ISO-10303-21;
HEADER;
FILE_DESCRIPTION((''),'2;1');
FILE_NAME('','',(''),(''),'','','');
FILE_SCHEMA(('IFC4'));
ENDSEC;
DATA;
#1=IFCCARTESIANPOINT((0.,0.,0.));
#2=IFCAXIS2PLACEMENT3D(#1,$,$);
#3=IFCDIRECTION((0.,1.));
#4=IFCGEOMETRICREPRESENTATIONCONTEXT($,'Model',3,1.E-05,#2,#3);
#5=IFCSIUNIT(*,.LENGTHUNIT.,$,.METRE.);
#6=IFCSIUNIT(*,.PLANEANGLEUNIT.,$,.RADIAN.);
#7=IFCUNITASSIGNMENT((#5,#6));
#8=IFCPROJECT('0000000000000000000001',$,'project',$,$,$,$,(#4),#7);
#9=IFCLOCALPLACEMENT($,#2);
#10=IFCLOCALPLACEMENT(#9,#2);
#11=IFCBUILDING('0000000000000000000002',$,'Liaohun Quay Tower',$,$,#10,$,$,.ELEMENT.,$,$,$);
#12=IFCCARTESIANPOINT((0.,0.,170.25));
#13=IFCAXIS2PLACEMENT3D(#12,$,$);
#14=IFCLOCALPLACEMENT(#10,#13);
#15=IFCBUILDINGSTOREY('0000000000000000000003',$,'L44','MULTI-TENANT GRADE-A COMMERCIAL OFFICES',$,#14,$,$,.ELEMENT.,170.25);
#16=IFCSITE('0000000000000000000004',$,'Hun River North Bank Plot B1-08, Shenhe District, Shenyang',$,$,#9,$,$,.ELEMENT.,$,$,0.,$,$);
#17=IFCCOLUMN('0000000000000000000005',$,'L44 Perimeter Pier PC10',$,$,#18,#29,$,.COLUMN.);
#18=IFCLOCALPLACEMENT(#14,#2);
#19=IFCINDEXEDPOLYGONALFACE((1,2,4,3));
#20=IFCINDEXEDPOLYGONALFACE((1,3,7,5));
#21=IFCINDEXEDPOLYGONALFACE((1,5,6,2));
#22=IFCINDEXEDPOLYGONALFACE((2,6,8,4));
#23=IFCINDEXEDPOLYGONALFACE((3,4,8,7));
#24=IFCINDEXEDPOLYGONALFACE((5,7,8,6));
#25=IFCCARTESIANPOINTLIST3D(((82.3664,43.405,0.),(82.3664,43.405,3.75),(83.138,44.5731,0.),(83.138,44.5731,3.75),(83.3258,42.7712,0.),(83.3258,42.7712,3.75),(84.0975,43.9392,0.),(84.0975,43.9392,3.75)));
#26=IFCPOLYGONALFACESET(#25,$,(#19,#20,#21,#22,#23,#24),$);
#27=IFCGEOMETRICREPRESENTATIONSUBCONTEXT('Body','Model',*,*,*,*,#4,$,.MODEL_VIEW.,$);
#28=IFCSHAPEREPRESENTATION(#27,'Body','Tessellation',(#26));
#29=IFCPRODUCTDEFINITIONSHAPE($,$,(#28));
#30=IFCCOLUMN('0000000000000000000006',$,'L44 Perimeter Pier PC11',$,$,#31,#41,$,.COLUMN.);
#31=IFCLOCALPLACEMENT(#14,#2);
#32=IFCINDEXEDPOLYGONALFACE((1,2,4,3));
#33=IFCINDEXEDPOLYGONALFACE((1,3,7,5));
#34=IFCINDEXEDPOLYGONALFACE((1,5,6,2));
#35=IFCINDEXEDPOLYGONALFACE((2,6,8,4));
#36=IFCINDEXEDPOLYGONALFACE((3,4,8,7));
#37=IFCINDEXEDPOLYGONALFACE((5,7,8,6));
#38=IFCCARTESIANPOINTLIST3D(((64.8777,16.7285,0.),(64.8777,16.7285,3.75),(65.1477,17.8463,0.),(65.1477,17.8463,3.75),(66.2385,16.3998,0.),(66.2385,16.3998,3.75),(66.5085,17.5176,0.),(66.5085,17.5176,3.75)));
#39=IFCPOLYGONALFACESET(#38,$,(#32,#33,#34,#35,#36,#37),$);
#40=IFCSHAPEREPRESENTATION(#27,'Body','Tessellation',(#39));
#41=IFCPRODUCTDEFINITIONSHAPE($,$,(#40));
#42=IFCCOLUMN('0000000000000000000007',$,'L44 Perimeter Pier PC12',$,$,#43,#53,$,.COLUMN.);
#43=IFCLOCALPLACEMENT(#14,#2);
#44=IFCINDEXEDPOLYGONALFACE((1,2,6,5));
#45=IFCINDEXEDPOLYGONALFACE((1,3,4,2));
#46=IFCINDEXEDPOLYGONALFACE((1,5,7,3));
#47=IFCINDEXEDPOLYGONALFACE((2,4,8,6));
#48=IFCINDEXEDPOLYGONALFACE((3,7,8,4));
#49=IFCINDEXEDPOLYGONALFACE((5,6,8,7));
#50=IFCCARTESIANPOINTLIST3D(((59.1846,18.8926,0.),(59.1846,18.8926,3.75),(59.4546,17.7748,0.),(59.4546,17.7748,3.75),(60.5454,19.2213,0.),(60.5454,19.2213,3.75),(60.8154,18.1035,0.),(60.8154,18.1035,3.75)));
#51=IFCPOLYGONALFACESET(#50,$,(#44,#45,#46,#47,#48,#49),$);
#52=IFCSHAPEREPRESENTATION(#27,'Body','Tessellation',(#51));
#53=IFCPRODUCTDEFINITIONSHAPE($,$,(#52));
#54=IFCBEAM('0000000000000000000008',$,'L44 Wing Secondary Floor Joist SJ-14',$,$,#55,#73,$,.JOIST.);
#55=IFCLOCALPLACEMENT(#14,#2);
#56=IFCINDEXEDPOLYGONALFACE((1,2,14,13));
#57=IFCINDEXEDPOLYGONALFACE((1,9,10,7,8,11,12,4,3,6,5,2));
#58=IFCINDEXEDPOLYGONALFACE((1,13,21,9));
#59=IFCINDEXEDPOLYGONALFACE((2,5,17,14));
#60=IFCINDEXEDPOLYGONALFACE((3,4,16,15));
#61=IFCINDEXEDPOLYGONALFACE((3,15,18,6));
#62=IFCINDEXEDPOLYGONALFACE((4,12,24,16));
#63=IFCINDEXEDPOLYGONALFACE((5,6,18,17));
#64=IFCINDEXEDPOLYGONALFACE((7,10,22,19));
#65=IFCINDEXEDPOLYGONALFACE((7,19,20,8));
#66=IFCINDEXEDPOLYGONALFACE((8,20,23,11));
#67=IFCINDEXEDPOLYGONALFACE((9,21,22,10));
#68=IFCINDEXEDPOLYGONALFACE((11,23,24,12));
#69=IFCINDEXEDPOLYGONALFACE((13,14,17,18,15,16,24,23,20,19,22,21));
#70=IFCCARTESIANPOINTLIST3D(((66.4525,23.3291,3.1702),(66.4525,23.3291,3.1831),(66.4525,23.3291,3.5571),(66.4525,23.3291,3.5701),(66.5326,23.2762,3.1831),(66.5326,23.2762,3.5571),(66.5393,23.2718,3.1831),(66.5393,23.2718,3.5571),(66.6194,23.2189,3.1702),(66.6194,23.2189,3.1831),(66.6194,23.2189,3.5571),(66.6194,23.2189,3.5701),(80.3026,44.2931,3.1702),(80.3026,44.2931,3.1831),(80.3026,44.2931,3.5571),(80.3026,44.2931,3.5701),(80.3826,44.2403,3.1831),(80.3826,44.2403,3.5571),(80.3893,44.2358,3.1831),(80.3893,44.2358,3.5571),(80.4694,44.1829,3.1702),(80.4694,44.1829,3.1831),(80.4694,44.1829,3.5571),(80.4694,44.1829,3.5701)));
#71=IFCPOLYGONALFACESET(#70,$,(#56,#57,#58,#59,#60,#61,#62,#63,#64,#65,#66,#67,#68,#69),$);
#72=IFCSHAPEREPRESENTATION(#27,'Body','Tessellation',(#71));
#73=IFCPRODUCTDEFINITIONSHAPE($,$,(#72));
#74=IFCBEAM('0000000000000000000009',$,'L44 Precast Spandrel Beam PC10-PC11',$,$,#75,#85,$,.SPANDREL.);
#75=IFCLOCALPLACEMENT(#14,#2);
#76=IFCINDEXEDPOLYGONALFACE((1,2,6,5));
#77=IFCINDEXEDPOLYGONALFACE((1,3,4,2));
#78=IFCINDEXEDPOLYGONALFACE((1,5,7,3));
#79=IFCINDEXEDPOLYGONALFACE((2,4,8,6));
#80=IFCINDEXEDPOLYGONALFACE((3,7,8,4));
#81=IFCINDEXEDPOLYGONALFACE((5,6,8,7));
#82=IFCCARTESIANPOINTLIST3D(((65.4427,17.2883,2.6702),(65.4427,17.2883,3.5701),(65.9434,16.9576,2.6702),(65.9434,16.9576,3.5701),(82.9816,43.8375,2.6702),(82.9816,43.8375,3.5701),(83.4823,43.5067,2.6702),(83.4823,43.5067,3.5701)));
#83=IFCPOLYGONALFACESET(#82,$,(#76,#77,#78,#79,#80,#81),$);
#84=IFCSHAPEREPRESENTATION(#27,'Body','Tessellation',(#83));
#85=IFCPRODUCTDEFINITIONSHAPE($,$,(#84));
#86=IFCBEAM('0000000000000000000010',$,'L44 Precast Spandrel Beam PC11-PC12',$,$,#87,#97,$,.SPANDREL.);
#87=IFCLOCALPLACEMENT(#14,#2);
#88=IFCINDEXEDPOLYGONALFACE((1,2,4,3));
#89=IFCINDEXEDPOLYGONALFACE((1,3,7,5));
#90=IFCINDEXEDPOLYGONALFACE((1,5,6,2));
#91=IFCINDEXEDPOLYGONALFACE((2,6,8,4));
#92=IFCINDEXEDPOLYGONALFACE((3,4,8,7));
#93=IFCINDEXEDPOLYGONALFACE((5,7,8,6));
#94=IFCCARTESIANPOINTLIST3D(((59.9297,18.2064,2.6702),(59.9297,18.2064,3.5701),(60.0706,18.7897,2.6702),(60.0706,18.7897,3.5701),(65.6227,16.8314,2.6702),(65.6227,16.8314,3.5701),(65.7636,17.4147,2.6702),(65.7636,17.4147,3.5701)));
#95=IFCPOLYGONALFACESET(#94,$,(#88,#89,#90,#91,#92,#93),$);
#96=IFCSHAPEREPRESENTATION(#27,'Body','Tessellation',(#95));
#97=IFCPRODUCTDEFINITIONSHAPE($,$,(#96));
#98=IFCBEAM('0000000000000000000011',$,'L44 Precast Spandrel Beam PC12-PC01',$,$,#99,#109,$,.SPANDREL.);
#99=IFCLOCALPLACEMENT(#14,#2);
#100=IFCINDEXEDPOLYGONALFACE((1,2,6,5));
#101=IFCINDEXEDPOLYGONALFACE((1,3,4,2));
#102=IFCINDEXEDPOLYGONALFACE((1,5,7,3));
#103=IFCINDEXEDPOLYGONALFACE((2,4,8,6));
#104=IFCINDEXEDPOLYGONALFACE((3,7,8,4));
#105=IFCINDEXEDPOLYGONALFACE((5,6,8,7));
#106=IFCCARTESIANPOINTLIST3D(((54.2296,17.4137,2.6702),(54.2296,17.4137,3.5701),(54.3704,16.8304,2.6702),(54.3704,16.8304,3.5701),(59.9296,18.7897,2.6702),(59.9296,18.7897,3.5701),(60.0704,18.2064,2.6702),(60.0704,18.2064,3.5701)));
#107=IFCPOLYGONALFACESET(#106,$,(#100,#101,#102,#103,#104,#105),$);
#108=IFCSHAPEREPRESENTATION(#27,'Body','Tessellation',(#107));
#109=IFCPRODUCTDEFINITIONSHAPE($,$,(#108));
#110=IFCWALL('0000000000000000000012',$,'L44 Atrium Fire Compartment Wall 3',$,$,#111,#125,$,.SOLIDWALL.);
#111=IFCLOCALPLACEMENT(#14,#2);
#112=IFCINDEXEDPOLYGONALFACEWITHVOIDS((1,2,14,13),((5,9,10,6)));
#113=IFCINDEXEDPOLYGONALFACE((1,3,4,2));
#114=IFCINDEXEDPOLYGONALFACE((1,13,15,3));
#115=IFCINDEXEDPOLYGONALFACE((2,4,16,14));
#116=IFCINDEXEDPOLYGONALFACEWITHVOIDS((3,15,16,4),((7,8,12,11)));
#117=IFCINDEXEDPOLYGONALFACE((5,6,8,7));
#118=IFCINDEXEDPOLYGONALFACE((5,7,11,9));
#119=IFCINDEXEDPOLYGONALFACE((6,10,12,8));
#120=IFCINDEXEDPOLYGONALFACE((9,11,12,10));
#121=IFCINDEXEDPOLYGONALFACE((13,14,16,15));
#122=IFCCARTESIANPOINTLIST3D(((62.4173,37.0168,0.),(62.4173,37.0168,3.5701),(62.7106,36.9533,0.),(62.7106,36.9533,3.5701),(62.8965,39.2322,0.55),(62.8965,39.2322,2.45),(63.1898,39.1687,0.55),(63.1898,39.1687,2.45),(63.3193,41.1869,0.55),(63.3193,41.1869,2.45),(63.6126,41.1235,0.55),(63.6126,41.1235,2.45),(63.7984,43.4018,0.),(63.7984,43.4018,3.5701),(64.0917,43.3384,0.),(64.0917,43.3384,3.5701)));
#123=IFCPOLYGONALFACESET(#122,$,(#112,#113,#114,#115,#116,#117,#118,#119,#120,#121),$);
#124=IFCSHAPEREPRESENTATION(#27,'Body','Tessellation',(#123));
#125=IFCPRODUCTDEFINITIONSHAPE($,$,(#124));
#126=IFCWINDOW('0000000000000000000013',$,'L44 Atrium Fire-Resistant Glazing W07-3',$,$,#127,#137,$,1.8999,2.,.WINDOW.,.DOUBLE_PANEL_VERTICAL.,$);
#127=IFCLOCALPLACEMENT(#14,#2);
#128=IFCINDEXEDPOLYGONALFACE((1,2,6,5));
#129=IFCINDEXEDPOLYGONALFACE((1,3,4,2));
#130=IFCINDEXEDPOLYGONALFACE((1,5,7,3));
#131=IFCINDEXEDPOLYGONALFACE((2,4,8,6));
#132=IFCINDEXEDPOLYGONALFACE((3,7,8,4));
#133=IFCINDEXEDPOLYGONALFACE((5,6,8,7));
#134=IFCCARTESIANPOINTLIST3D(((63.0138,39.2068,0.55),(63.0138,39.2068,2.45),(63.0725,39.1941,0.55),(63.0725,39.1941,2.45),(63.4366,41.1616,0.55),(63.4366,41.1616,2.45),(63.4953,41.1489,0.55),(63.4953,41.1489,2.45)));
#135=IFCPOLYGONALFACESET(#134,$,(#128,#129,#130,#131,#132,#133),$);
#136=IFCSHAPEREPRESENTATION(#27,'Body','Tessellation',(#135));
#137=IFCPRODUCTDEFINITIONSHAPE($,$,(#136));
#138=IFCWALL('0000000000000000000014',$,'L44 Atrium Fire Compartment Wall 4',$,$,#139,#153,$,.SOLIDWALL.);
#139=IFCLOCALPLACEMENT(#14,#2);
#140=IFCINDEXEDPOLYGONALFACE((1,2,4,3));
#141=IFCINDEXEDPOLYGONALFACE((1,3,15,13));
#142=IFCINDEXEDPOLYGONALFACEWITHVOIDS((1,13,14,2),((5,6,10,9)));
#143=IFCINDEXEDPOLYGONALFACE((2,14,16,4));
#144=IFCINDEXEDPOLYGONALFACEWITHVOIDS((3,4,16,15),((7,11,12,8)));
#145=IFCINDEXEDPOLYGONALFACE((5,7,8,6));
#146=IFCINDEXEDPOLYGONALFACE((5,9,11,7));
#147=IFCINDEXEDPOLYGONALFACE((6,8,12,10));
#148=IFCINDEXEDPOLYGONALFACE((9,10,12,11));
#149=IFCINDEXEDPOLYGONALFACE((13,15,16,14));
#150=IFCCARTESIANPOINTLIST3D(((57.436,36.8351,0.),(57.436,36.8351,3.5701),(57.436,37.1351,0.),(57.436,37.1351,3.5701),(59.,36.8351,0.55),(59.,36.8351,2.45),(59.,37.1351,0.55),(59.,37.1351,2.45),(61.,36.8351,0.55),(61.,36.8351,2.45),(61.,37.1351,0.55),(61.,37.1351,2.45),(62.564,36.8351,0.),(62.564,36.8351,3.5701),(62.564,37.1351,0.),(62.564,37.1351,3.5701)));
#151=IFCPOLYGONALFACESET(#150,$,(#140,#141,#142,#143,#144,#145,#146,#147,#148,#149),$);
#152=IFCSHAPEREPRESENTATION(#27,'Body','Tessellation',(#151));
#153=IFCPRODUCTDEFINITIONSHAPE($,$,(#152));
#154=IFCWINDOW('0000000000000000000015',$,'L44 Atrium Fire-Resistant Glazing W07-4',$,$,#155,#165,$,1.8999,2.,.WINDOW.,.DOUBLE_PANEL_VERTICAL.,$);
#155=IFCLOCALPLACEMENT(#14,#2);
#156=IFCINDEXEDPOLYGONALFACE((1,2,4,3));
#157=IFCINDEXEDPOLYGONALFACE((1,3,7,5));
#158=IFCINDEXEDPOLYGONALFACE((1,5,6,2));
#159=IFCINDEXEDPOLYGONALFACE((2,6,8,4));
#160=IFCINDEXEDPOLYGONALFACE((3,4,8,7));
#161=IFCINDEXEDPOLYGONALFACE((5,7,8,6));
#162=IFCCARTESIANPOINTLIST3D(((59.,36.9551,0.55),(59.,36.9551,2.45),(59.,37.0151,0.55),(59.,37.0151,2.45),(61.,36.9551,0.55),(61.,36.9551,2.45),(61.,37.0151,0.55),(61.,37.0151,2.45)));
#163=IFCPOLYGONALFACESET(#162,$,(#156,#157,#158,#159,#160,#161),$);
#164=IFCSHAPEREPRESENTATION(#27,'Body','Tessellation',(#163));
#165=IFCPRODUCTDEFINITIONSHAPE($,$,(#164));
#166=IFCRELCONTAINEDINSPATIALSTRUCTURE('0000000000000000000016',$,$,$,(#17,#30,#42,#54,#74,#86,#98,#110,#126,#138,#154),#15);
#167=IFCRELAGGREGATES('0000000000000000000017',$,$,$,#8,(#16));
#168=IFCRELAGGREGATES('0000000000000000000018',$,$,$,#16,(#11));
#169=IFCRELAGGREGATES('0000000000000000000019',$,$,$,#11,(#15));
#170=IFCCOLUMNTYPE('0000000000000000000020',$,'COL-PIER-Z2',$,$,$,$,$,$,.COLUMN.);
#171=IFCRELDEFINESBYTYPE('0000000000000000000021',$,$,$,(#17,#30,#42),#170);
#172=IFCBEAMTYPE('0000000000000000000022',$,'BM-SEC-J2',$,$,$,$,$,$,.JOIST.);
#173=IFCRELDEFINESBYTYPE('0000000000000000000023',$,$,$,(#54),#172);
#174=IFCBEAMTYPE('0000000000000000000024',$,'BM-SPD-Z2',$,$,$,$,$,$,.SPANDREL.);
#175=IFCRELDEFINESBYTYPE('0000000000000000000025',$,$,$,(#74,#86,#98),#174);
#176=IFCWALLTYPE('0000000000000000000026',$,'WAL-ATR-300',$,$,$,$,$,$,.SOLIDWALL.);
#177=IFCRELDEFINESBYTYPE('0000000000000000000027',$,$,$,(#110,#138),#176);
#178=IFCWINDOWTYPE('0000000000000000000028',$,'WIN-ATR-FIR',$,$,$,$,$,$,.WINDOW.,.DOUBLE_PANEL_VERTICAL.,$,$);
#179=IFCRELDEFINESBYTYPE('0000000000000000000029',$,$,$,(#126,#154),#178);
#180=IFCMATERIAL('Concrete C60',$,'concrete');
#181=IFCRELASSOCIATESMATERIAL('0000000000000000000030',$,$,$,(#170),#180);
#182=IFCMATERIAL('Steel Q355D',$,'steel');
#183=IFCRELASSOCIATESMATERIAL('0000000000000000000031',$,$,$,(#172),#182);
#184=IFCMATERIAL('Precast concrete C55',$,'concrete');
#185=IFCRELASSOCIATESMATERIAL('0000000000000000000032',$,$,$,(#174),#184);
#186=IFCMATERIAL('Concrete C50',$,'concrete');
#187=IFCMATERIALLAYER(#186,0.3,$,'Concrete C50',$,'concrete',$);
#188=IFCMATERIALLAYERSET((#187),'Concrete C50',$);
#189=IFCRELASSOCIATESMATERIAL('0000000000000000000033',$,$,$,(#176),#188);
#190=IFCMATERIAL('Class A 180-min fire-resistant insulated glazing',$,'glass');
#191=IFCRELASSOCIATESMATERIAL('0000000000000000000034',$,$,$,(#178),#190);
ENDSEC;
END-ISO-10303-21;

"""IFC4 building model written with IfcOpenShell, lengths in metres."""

from ifc_helpers import new_model, si_unit, direction, frame, frame_2d, origin, origin_2d, place, context, subcontext, project, spatial, rectangle, i_section, extrude, source, transform, mapped, material, layer, layer_set, material_profile, profile_set, type_object, element, fill, save


model = new_model("IFC4")

# Units and contexts
model_context = context("Model", 3, precision=1e-05, world=origin(), true_north=direction((0.0, 1.0)))
body_context = subcontext(model_context, "Body", "Model", "MODEL_VIEW")
ifc_project = project(units=[si_unit("LENGTHUNIT", "METRE"), si_unit("PLANEANGLEUNIT", "RADIAN")], contexts=[model_context])

# Site, building, storey
site_placement = place(None, origin())
site = spatial("IfcSite", under=ifc_project, at=site_placement, Name="Hun River North Bank Plot B1-08, Shenhe District, Shenyang", CompositionType="ELEMENT", RefElevation=0.0)
building_placement = place(site_placement, origin())
building = spatial("IfcBuilding", under=site, at=building_placement, Name="Liaohun Quay Tower", CompositionType="ELEMENT")
storey_placement = place(building_placement, frame((0.0, 0.0, 170.25)))
storey = spatial("IfcBuildingStorey", under=building, at=storey_placement, Name="L44", Description="MULTI-TENANT GRADE-A COMMERCIAL OFFICES", CompositionType="ELEMENT", Elevation=170.25)

# Columns
ifc_material_1 = material(Name="Concrete C60", Category="concrete")
ifc_material_profile_1 = material_profile(ifc_material_1, rectangle(XDim=1.3999, YDim=1.1499, at=origin_2d()), Name="RC1400x1150")
ifc_profile_set_1 = profile_set([ifc_material_profile_1], Name="Concrete C60")
column_type = type_object("IfcColumnType", Name="COL-PIER-Z2", PredefinedType="COLUMN", material=ifc_profile_set_1)
shared_shape_1 = source(origin(), body_context, "Body", "SweptSolid", [
    extrude(rectangle(XDim=1.3999, YDim=1.1499, at=origin_2d()), origin(), (0.0, 0.0, 1.0), 3.75),
])
for number, where, z_axis, x_axis, name in (
    (1, (83.2319, 43.6721, 0.0), (0.0, 0.0, 1.0), (0.551209, 0.834367, 0.0), "L44 Perimeter Pier PC10"),
    (2, (65.6931, 17.123, 0.0), (0.0, 0.0, 1.0), (-0.972043, 0.234803, 0.0), "L44 Perimeter Pier PC11"),
    (3, (60.0, 18.498, 0.0), (0.0, 0.0, 1.0), (0.972043, 0.234803, 0.0), "L44 Perimeter Pier PC12"),
):
    element("IfcColumn", number, at=place(storey_placement, frame(where, z_axis=z_axis, x_axis=x_axis)), inside=storey, type_object=column_type, Name=name, PredefinedType="COLUMN", context=body_context, shape_type="MappedRepresentation", body=[
        mapped(shared_shape_1, transform((0.0, 0.0, 0.0), x_axis=(1.0, 0.0, 0.0), y_axis=(0.0, 1.0, 0.0), z_axis=(0.0, 0.0, 1.0), scale=1.0)),
    ])

# Beams
ifc_material_2 = material(Name="Steel Q355D", Category="steel")
ifc_material_profile_2 = material_profile(ifc_material_2, i_section(OverallWidth=0.2, OverallDepth=0.3999, WebThickness=0.0081, FlangeThickness=0.0129, at=origin_2d()), Name="HN400x200x8x13")
ifc_profile_set_2 = profile_set([ifc_material_profile_2], Name="Steel Q355D")
beam_type_1 = type_object("IfcBeamType", Name="BM-SEC-J2", PredefinedType="JOIST", material=ifc_profile_set_2)
shared_shape_2 = source(origin(), body_context, "Body", "SweptSolid", [
    extrude(i_section(OverallWidth=0.2, OverallDepth=0.3999, WebThickness=0.0081, FlangeThickness=0.0129, at=origin_2d()), origin(), (0.0, 0.0, 1.0), 25.126),
])
beam_1_placement = place(storey_placement, frame((80.386, 44.238, 3.3701), z_axis=(-0.551224, -0.834357, 0.0), x_axis=(0.834357, -0.551224, 0.0)))
element("IfcBeam", 4, at=beam_1_placement, inside=storey, type_object=beam_type_1, Name="L44 Wing Secondary Floor Joist SJ-14", PredefinedType="JOIST", context=body_context, shape_type="MappedRepresentation", body=[
    mapped(shared_shape_2, transform((0.0, 0.0, 0.0), x_axis=(1.0, 0.0, 0.0), y_axis=(0.0, 1.0, 0.0), z_axis=(0.0, 0.0, 1.0), scale=1.0)),
])
ifc_material_3 = material(Name="Precast concrete C55", Category="concrete")
ifc_material_profile_3 = material_profile(ifc_material_3, rectangle(XDim=0.6001, YDim=0.8999, at=origin_2d()), Name="RC600x900")
ifc_profile_set_3 = profile_set([ifc_material_profile_3], Name="Precast concrete C55")
beam_type_2 = type_object("IfcBeamType", Name="BM-SPD-Z2", PredefinedType="SPANDREL", material=ifc_profile_set_3)
shared_shape_3 = source(origin(), body_context, "Body", "SweptSolid", [
    extrude(rectangle(XDim=0.6001, YDim=0.8999, at=origin_2d()), origin(), (0.0, 0.0, 1.0), 31.8193),
])
beam_2_placement = place(storey_placement, frame((83.2319, 43.6721, 3.1201), z_axis=(-0.551202, -0.834372, 0.0), x_axis=(0.834372, -0.551202, 0.0)))
element("IfcBeam", 5, at=beam_2_placement, inside=storey, type_object=beam_type_2, Name="L44 Precast Spandrel Beam PC10-PC11", PredefinedType="SPANDREL", context=body_context, shape_type="MappedRepresentation", body=[
    mapped(shared_shape_3, transform((0.0, 0.0, 0.0), x_axis=(1.0, 0.0, 0.0), y_axis=(0.0, 1.0, 0.0), z_axis=(0.0, 0.0, 1.0), scale=1.0)),
])
shared_shape_4 = source(origin(), body_context, "Body", "SweptSolid", [
    extrude(rectangle(XDim=0.6001, YDim=0.8999, at=origin_2d()), origin(), (0.0, 0.0, 1.0), 5.8567),
])
beam_3_placement = place(storey_placement, frame((65.6931, 17.123, 3.1201), z_axis=(-0.972051, 0.23477, 0.0), x_axis=(-0.23477, -0.972051, 0.0)))
element("IfcBeam", 6, at=beam_3_placement, inside=storey, type_object=beam_type_2, Name="L44 Precast Spandrel Beam PC11-PC12", PredefinedType="SPANDREL", context=body_context, shape_type="MappedRepresentation", body=[
    mapped(shared_shape_4, transform((0.0, 0.0, 0.0), x_axis=(1.0, 0.0, 0.0), y_axis=(0.0, 1.0, 0.0), z_axis=(0.0, 0.0, 1.0), scale=1.0)),
])
shared_shape_5 = source(origin(), body_context, "Body", "SweptSolid", [
    extrude(rectangle(XDim=0.6001, YDim=0.8999, at=origin_2d()), origin(), (0.0, 0.0, 1.0), 5.8638),
])
beam_4_placement = place(storey_placement, frame((60.0, 18.498, 3.1201), z_axis=(-0.972077, -0.234661, 0.0), x_axis=(0.234661, -0.972077, 0.0)))
element("IfcBeam", 7, at=beam_4_placement, inside=storey, type_object=beam_type_2, Name="L44 Precast Spandrel Beam PC12-PC01", PredefinedType="SPANDREL", context=body_context, shape_type="MappedRepresentation", body=[
    mapped(shared_shape_5, transform((0.0, 0.0, 0.0), x_axis=(1.0, 0.0, 0.0), y_axis=(0.0, 1.0, 0.0), z_axis=(0.0, 0.0, 1.0), scale=1.0)),
])

# Walls, openings, windows
ifc_material_4 = material(Name="Concrete C50", Category="concrete")
ifc_layer_1 = layer(ifc_material_4, 0.3, Name="Concrete C50", Category="concrete")
ifc_layer_set_1 = layer_set([ifc_layer_1], Name="Concrete C50")
wall_type_1 = type_object("IfcWallType", Name="WAL-ATR-300", PredefinedType="SOLIDWALL", material=ifc_layer_set_1)
wall_1_placement = place(storey_placement, frame((63.9451, 43.3701, 0.0), z_axis=(0.0, 0.0, 1.0), x_axis=(-0.211415, -0.977396, 0.0)))
wall_1 = element("IfcWall", 8, at=wall_1_placement, inside=storey, type_object=wall_type_1, Name="L44 Atrium Fire Compartment Wall 3", PredefinedType="SOLIDWALL", context=body_context, shape_type="SweptSolid", body=[
    extrude(rectangle(XDim=6.5327, YDim=0.3, at=frame_2d((3.2664, 0.0))), origin(), (0.0, 0.0, 1.0), 3.5701),
])
shared_shape_6 = source(origin(), body_context, "Body", "SweptSolid", [
    extrude(rectangle(XDim=2.0, YDim=1.8999, at=frame_2d((1.0, 0.95))), frame((0.0, 0.1599, 0.0), z_axis=(0.0, -1.0, 0.0), x_axis=(1.0, 0.0, 0.0)), (0.0, 0.0, 1.0), 0.3201),
])
opening_1_placement = place(wall_1_placement, frame((2.2661, 0.0, 0.55)))
opening_1 = element("IfcOpeningElement", 9, at=opening_1_placement, cuts=wall_1, PredefinedType="OPENING", context=body_context, shape_type="MappedRepresentation", body=[
    mapped(shared_shape_6, transform((0.0, 0.0, 0.0), x_axis=(1.0, 0.0, 0.0), y_axis=(0.0, 1.0, 0.0), z_axis=(0.0, 0.0, 1.0), scale=1.0)),
])
ifc_material_5 = material(Name="Class A 180-min fire-resistant insulated glazing", Category="glass")
window_type_1 = type_object("IfcWindowType", Name="WIN-ATR-FIR", PartitioningType="DOUBLE_PANEL_VERTICAL", PredefinedType="WINDOW", material=ifc_material_5)
shared_shape_7 = source(origin(), body_context, "Body", "SweptSolid", [
    extrude(rectangle(XDim=2.0, YDim=1.8999, at=frame_2d((1.0, 0.95))), frame((0.0, 0.03, 0.0), z_axis=(0.0, -1.0, 0.0), x_axis=(1.0, 0.0, 0.0)), (0.0, 0.0, 1.0), 0.0601),
])
window_1_placement = place(opening_1_placement, origin())
window_1 = element("IfcWindow", 10, at=window_1_placement, inside=storey, type_object=window_type_1, Name="L44 Atrium Fire-Resistant Glazing W07-3", OverallHeight=1.8999, OverallWidth=2.0, PartitioningType="DOUBLE_PANEL_VERTICAL", PredefinedType="WINDOW", context=body_context, shape_type="MappedRepresentation", body=[
    mapped(shared_shape_7, transform((0.0, 0.0, 0.0), x_axis=(1.0, 0.0, 0.0), y_axis=(0.0, 1.0, 0.0), z_axis=(0.0, 0.0, 1.0), scale=1.0)),
])
fill(opening_1, window_1)
wall_2_placement = place(storey_placement, frame((62.564, 36.9851, 0.0), z_axis=(0.0, 0.0, 1.0), x_axis=(-1.0, 0.0, 0.0)))
wall_2 = element("IfcWall", 11, at=wall_2_placement, inside=storey, type_object=wall_type_1, Name="L44 Atrium Fire Compartment Wall 4", PredefinedType="SOLIDWALL", context=body_context, shape_type="SweptSolid", body=[
    extrude(rectangle(XDim=5.1279, YDim=0.3, at=frame_2d((2.564, 0.0))), origin(), (0.0, 0.0, 1.0), 3.5701),
])
opening_2_placement = place(wall_2_placement, frame((1.564, 0.0, 0.55)))
opening_2 = element("IfcOpeningElement", 12, at=opening_2_placement, cuts=wall_2, PredefinedType="OPENING", context=body_context, shape_type="MappedRepresentation", body=[
    mapped(shared_shape_6, transform((0.0, 0.0, 0.0), x_axis=(1.0, 0.0, 0.0), y_axis=(0.0, 1.0, 0.0), z_axis=(0.0, 0.0, 1.0), scale=1.0)),
])
window_2_placement = place(opening_2_placement, origin())
window_2 = element("IfcWindow", 13, at=window_2_placement, inside=storey, type_object=window_type_1, Name="L44 Atrium Fire-Resistant Glazing W07-4", OverallHeight=1.8999, OverallWidth=2.0, PartitioningType="DOUBLE_PANEL_VERTICAL", PredefinedType="WINDOW", context=body_context, shape_type="MappedRepresentation", body=[
    mapped(shared_shape_7, transform((0.0, 0.0, 0.0), x_axis=(1.0, 0.0, 0.0), y_axis=(0.0, 1.0, 0.0), z_axis=(0.0, 0.0, 1.0), scale=1.0)),
])
fill(opening_2, window_2)

save(model, "model.ifc")
